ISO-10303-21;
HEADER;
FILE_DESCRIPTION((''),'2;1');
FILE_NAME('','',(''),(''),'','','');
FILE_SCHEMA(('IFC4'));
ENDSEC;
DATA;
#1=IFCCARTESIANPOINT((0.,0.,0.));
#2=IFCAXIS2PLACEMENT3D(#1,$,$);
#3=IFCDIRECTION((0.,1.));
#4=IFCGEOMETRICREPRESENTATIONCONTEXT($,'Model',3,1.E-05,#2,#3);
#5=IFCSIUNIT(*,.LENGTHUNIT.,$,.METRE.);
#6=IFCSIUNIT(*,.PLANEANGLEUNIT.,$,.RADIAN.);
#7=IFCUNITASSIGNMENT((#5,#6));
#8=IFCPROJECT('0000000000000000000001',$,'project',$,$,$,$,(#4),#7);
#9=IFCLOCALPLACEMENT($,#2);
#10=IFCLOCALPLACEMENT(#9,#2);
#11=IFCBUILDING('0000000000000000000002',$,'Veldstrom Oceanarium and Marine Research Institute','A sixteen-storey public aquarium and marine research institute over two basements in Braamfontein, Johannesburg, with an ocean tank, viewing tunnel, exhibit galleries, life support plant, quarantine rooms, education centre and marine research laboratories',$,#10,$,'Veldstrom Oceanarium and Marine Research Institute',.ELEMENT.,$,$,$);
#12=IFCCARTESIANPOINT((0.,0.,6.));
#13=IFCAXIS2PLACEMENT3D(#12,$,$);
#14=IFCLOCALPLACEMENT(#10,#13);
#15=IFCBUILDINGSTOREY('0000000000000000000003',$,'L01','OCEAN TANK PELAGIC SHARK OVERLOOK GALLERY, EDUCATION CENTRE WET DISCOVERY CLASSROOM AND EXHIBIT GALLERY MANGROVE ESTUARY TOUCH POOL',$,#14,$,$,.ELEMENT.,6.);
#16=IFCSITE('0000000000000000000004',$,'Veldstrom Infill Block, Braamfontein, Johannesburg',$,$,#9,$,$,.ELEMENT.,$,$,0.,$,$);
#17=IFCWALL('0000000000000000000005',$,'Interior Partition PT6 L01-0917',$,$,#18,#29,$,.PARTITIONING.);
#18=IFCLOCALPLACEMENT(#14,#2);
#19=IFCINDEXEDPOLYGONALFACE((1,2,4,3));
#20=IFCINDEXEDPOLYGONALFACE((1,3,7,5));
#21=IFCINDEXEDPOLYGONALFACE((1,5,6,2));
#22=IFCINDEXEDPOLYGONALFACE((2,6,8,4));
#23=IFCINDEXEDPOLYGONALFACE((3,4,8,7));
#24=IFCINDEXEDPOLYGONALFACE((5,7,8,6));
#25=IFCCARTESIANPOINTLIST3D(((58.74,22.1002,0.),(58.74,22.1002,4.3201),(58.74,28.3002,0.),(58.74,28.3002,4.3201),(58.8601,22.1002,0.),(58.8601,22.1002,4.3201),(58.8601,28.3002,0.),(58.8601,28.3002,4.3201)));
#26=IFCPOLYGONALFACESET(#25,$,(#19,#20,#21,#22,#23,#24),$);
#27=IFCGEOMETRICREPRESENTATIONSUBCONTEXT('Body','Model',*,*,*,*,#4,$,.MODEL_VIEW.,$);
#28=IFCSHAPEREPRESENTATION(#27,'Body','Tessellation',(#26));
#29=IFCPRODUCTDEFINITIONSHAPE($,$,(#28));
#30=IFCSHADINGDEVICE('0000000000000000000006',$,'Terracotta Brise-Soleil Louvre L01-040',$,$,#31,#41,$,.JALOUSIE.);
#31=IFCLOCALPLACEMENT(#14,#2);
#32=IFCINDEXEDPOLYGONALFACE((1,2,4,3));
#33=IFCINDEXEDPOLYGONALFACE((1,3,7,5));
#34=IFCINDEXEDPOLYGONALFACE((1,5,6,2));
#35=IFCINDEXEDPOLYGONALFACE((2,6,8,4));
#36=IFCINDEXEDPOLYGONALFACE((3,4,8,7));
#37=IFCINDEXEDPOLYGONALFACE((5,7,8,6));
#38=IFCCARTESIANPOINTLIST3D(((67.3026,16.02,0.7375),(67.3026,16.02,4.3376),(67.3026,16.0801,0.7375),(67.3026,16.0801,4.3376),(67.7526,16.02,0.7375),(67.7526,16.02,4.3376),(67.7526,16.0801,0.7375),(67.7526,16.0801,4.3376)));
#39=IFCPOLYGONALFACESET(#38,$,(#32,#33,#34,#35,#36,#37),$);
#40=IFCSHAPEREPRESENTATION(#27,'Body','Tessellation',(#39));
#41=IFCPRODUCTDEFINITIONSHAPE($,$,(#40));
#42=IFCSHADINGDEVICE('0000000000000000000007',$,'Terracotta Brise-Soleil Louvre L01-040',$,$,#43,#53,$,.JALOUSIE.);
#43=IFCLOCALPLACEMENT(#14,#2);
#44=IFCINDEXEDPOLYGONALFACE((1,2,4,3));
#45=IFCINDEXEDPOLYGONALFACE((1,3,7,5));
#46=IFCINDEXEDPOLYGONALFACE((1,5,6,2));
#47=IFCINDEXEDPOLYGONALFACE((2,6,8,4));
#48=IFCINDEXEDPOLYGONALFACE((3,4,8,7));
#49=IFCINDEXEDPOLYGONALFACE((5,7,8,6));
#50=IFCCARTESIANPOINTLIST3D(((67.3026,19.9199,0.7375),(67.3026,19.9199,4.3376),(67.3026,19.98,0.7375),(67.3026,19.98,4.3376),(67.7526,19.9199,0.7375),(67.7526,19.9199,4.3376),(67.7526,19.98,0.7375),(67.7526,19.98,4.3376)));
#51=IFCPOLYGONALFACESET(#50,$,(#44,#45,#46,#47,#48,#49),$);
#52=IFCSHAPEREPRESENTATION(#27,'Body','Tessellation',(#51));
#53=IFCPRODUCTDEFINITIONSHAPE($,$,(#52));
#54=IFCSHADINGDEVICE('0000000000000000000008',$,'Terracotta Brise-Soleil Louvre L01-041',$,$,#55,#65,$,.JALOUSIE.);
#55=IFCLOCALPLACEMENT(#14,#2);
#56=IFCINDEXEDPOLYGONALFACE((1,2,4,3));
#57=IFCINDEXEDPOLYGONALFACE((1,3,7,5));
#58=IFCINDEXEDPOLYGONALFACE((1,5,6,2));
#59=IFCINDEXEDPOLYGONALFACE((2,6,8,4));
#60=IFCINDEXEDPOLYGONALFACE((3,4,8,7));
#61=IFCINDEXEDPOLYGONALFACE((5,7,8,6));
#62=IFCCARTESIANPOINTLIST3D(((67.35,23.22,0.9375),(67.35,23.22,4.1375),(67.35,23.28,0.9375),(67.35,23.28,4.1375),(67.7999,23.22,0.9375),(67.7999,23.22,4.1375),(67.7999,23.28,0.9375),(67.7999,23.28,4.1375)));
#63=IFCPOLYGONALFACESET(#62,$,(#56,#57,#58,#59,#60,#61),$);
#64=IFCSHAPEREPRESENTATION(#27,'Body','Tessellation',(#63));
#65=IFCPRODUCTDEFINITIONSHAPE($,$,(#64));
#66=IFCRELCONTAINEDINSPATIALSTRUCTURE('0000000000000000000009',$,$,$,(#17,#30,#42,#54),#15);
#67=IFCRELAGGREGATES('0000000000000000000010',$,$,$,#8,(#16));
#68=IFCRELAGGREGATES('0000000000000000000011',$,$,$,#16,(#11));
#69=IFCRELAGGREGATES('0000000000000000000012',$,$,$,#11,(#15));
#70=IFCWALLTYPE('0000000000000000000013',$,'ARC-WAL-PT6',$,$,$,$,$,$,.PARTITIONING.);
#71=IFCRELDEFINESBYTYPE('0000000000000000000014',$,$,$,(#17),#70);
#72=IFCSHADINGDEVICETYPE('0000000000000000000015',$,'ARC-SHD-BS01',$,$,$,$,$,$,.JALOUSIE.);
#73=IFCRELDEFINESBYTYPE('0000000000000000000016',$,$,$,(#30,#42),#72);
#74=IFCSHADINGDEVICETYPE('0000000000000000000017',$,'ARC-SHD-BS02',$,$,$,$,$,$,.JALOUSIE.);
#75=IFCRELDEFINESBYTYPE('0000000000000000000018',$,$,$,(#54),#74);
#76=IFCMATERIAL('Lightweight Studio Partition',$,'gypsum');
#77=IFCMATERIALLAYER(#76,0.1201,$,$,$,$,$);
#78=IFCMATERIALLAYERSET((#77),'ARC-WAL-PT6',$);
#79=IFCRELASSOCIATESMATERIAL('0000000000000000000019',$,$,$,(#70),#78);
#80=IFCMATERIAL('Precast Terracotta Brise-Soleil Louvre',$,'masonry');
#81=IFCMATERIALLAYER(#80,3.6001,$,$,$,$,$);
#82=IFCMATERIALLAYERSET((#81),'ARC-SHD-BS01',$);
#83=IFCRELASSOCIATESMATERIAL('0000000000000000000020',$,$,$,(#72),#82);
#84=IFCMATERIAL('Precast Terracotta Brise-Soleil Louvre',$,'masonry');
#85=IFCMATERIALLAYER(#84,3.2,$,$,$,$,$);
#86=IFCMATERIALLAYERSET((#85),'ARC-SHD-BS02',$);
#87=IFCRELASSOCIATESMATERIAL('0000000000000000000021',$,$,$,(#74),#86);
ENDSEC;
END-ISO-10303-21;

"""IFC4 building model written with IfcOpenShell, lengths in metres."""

from ifc_helpers import new_model, si_unit, direction, frame, frame_2d, origin, origin_2d, place, context, subcontext, project, spatial, rectangle, extrude, material, layer, layer_set, type_object, element, save


model = new_model("IFC4")

# Units and contexts
model_context = context("Model", 3, precision=1e-05, world=origin(), true_north=direction((0.0, 1.0)))
body_context = subcontext(model_context, "Body", "Model", "MODEL_VIEW")
ifc_project = project(units=[si_unit("LENGTHUNIT", "METRE"), si_unit("PLANEANGLEUNIT", "RADIAN")], contexts=[model_context])

# Site, building, storey
site_placement = place(None, origin())
site = spatial("IfcSite", under=ifc_project, at=site_placement, Name="Veldstrom Infill Block, Braamfontein, Johannesburg", CompositionType="ELEMENT", RefElevation=0.0)
building_placement = place(site_placement, origin())
building = spatial("IfcBuilding", under=site, at=building_placement, Name="Veldstrom Oceanarium and Marine Research Institute", Description="A sixteen-storey public aquarium and marine research institute over two basements in Braamfontein, Johannesburg, with an ocean tank, viewing tunnel, exhibit galleries, life support plant, quarantine rooms, education centre and marine research laboratories", LongName="Veldstrom Oceanarium and Marine Research Institute", CompositionType="ELEMENT")
storey_placement = place(building_placement, frame((0.0, 0.0, 6.0)))
storey = spatial("IfcBuildingStorey", under=building, at=storey_placement, Name="L01", Description="OCEAN TANK PELAGIC SHARK OVERLOOK GALLERY, EDUCATION CENTRE WET DISCOVERY CLASSROOM AND EXHIBIT GALLERY MANGROVE ESTUARY TOUCH POOL", CompositionType="ELEMENT", Elevation=6.0)

# Wall
ifc_material_1 = material(Name="Lightweight Studio Partition", Category="gypsum")
ifc_layer_1 = layer(ifc_material_1, 0.1201)
ifc_layer_set_1 = layer_set([ifc_layer_1], Name="ARC-WAL-PT6")
wall_type_1 = type_object("IfcWallType", Name="ARC-WAL-PT6", PredefinedType="PARTITIONING", material=ifc_layer_set_1)
wall_1_placement = place(storey_placement, frame((58.8, 22.1001, 0.0), z_axis=(0.0, 0.0, 1.0), x_axis=(0.0, 1.0, 0.0)))
element("IfcWall", 1, at=wall_1_placement, inside=storey, type_object=wall_type_1, Name="Interior Partition PT6 L01-0917", PredefinedType="PARTITIONING", context=body_context, shape_type="SweptSolid", body=[
    extrude(rectangle(XDim=6.2, YDim=0.1201, at=frame_2d((3.1001, 0.0))), origin(), (0.0, 0.0, 1.0), 4.3201),
])

# Shading devices
ifc_material_2 = material(Name="Precast Terracotta Brise-Soleil Louvre", Category="masonry")
ifc_layer_2 = layer(ifc_material_2, 3.6001)
ifc_layer_set_2 = layer_set([ifc_layer_2], Name="ARC-SHD-BS01")
shading_device_type_1 = type_object("IfcShadingDeviceType", Name="ARC-SHD-BS01", PredefinedType="JALOUSIE", material=ifc_layer_set_2)
for number, where, z_axis, x_axis, name in (
    (2, (67.5276, 16.05, 0.7375), (0.0, 0.0, 1.0), (1.0, 0.0, 0.0), "Terracotta Brise-Soleil Louvre L01-040"),
    (3, (67.5276, 19.95, 0.7375), (0.0, 0.0, 1.0), (1.0, 0.0, 0.0), "Terracotta Brise-Soleil Louvre L01-040"),
):
    element("IfcShadingDevice", number, at=place(storey_placement, frame(where, z_axis=z_axis, x_axis=x_axis)), inside=storey, type_object=shading_device_type_1, Name=name, PredefinedType="JALOUSIE", context=body_context, shape_type="SweptSolid", body=[
        extrude(rectangle(XDim=0.45, YDim=0.0601, at=origin_2d()), origin(), (0.0, 0.0, 1.0), 3.6001),
    ])
ifc_material_3 = material(Name="Precast Terracotta Brise-Soleil Louvre", Category="masonry")
ifc_layer_3 = layer(ifc_material_3, 3.2)
ifc_layer_set_3 = layer_set([ifc_layer_3], Name="ARC-SHD-BS02")
shading_device_type_2 = type_object("IfcShadingDeviceType", Name="ARC-SHD-BS02", PredefinedType="JALOUSIE", material=ifc_layer_set_3)
shading_device_placement = place(storey_placement, frame((67.575, 23.25, 0.9375), z_axis=(0.0, 0.0, 1.0), x_axis=(1.0, 0.0, 0.0)))
element("IfcShadingDevice", 4, at=shading_device_placement, inside=storey, type_object=shading_device_type_2, Name="Terracotta Brise-Soleil Louvre L01-041", PredefinedType="JALOUSIE", context=body_context, shape_type="SweptSolid", body=[
    extrude(rectangle(XDim=0.45, YDim=0.0601, at=origin_2d()), origin(), (0.0, 0.0, 1.0), 3.2),
])

save(model, "model.ifc")
